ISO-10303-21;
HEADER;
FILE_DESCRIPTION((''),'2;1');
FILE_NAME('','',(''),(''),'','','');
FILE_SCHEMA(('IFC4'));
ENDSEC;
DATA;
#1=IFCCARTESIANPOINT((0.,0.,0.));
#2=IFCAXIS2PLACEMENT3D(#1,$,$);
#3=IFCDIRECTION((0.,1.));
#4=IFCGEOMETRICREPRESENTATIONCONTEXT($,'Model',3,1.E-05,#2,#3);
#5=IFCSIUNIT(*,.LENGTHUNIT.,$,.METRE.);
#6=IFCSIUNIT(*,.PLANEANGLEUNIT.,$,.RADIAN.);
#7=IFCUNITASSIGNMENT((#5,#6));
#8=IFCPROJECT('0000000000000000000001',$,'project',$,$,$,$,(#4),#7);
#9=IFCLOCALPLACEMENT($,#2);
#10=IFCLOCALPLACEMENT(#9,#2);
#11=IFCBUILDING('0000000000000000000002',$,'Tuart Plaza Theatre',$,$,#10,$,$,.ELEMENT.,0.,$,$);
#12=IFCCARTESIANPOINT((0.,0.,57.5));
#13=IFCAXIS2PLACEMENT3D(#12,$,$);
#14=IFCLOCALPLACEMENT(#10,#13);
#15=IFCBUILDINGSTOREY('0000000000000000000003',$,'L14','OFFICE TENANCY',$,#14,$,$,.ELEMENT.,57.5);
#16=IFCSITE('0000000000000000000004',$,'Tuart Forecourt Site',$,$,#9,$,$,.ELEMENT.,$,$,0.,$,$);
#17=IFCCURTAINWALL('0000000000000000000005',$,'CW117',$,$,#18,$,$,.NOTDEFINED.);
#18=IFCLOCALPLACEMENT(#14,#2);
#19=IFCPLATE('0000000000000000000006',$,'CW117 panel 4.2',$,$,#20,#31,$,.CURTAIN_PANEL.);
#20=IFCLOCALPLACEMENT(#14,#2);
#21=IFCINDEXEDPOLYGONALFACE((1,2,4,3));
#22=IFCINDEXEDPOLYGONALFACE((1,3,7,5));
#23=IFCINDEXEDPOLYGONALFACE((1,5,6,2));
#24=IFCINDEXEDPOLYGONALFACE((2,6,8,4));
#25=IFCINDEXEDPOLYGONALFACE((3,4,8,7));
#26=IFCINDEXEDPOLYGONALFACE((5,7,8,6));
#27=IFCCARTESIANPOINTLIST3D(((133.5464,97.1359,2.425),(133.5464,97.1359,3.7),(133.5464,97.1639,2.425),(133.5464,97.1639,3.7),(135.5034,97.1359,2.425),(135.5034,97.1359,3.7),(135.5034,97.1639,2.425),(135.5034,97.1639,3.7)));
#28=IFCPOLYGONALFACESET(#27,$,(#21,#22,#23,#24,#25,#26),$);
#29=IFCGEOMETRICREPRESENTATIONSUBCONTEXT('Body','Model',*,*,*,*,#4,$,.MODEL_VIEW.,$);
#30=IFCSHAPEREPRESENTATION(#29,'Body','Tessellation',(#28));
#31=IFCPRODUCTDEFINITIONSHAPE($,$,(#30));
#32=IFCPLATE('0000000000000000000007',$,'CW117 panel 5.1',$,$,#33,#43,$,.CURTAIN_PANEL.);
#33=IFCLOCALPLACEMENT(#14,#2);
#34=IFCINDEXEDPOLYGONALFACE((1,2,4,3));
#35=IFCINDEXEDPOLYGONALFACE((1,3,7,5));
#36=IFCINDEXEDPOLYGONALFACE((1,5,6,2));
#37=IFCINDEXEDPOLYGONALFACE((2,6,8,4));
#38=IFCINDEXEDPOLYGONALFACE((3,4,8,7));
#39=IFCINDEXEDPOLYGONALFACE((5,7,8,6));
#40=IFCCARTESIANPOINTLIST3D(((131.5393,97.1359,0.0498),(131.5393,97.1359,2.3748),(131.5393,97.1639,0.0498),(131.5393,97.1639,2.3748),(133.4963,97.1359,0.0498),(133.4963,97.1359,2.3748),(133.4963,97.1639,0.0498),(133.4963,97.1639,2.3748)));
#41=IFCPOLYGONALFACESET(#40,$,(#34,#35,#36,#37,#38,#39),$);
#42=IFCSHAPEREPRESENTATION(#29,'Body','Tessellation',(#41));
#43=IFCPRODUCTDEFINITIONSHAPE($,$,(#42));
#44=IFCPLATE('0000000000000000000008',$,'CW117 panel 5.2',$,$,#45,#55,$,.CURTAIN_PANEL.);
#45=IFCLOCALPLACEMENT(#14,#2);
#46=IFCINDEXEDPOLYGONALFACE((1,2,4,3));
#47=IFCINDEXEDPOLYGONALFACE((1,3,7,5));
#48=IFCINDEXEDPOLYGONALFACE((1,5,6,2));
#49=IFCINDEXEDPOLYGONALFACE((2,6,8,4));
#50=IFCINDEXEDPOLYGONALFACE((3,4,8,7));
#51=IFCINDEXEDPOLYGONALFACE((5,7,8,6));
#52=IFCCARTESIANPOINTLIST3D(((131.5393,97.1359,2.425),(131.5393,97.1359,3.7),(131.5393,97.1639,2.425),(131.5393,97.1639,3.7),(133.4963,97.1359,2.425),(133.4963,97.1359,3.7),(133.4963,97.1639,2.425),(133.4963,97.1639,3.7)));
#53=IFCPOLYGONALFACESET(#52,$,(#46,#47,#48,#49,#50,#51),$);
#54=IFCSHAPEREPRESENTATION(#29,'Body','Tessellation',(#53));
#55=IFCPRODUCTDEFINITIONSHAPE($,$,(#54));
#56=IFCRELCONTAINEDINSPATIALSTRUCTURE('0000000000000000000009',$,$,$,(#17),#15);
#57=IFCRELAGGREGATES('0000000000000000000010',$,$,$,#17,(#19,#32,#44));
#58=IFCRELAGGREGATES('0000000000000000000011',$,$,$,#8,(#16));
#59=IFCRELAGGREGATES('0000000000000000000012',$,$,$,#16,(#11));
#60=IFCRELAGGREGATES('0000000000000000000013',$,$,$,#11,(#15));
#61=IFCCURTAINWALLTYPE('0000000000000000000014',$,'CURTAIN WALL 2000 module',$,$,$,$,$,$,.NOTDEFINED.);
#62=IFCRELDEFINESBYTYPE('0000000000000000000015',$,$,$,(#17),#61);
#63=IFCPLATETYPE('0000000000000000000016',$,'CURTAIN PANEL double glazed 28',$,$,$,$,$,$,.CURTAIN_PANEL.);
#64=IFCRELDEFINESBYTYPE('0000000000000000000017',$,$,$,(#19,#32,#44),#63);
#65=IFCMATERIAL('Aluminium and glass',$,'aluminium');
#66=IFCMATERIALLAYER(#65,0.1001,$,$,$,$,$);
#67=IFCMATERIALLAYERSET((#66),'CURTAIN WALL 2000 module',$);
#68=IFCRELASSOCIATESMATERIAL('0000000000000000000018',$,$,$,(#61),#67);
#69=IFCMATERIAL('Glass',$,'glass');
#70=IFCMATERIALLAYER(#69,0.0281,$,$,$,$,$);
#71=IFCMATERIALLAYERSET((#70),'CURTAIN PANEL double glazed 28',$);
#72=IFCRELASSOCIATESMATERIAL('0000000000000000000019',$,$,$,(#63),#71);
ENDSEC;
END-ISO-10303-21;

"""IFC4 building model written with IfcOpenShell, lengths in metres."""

from ifc_helpers import new_model, si_unit, direction, frame, origin, origin_2d, place, context, subcontext, project, spatial, rectangle, extrude, material, layer, layer_set, type_object, element, aggregate, save


model = new_model("IFC4")

# Units and contexts
model_context = context("Model", 3, precision=1e-05, world=origin(), true_north=direction((0.0, 1.0)))
body_context = subcontext(model_context, "Body", "Model", "MODEL_VIEW")
ifc_project = project(units=[si_unit("LENGTHUNIT", "METRE"), si_unit("PLANEANGLEUNIT", "RADIAN")], contexts=[model_context])

# Site, building, storey
site_placement = place(None, origin())
site = spatial("IfcSite", under=ifc_project, at=site_placement, Name="Tuart Forecourt Site", CompositionType="ELEMENT", RefElevation=0.0)
building_placement = place(site_placement, origin())
building = spatial("IfcBuilding", under=site, at=building_placement, Name="Tuart Plaza Theatre", CompositionType="ELEMENT", ElevationOfRefHeight=0.0)
storey_placement = place(building_placement, frame((0.0, 0.0, 57.5)))
storey = spatial("IfcBuildingStorey", under=building, at=storey_placement, Name="L14", Description="OFFICE TENANCY", CompositionType="ELEMENT", Elevation=57.5)

# Curtain wall, plates
ifc_material_1 = material(Name="Aluminium and glass", Category="aluminium")
ifc_layer_1 = layer(ifc_material_1, 0.1001)
ifc_layer_set_1 = layer_set([ifc_layer_1], Name="CURTAIN WALL 2000 module")
curtain_wall_type = type_object("IfcCurtainWallType", Name="CURTAIN WALL 2000 module", PredefinedType="NOTDEFINED", material=ifc_layer_set_1)
curtain_wall_placement = place(storey_placement, origin())
curtain_wall = element("IfcCurtainWall", 1, at=curtain_wall_placement, inside=storey, type_object=curtain_wall_type, Name="CW117", PredefinedType="NOTDEFINED")
ifc_material_2 = material(Name="Glass", Category="glass")
ifc_layer_2 = layer(ifc_material_2, 0.0281)
ifc_layer_set_2 = layer_set([ifc_layer_2], Name="CURTAIN PANEL double glazed 28")
plate_type = type_object("IfcPlateType", Name="CURTAIN PANEL double glazed 28", PredefinedType="CURTAIN_PANEL", material=ifc_layer_set_2)
plate_1_placement = place(storey_placement, frame((134.5249, 97.1499, 2.425), z_axis=(0.0, 0.0, 1.0), x_axis=(-1.0, 0.0, 0.0)))
plate_1 = element("IfcPlate", 2, at=plate_1_placement, type_object=plate_type, Name="CW117 panel 4.2", PredefinedType="CURTAIN_PANEL", context=body_context, shape_type="SweptSolid", body=[
    extrude(rectangle(XDim=1.957, YDim=0.0281, at=origin_2d()), origin(), (0.0, 0.0, 1.0), 1.2749),
])
plate_2_placement = place(storey_placement, frame((132.5178, 97.1499, 0.0498), z_axis=(0.0, 0.0, 1.0), x_axis=(-1.0, 0.0, 0.0)))
plate_2 = element("IfcPlate", 3, at=plate_2_placement, type_object=plate_type, Name="CW117 panel 5.1", PredefinedType="CURTAIN_PANEL", context=body_context, shape_type="SweptSolid", body=[
    extrude(rectangle(XDim=1.957, YDim=0.0281, at=origin_2d()), origin(), (0.0, 0.0, 1.0), 2.325),
])
plate_3_placement = place(storey_placement, frame((132.5178, 97.1499, 2.425), z_axis=(0.0, 0.0, 1.0), x_axis=(-1.0, 0.0, 0.0)))
plate_3 = element("IfcPlate", 4, at=plate_3_placement, type_object=plate_type, Name="CW117 panel 5.2", PredefinedType="CURTAIN_PANEL", context=body_context, shape_type="SweptSolid", body=[
    extrude(rectangle(XDim=1.957, YDim=0.0281, at=origin_2d()), origin(), (0.0, 0.0, 1.0), 1.2749),
])
aggregate(curtain_wall, [plate_1, plate_2, plate_3])

save(model, "model.ifc")
